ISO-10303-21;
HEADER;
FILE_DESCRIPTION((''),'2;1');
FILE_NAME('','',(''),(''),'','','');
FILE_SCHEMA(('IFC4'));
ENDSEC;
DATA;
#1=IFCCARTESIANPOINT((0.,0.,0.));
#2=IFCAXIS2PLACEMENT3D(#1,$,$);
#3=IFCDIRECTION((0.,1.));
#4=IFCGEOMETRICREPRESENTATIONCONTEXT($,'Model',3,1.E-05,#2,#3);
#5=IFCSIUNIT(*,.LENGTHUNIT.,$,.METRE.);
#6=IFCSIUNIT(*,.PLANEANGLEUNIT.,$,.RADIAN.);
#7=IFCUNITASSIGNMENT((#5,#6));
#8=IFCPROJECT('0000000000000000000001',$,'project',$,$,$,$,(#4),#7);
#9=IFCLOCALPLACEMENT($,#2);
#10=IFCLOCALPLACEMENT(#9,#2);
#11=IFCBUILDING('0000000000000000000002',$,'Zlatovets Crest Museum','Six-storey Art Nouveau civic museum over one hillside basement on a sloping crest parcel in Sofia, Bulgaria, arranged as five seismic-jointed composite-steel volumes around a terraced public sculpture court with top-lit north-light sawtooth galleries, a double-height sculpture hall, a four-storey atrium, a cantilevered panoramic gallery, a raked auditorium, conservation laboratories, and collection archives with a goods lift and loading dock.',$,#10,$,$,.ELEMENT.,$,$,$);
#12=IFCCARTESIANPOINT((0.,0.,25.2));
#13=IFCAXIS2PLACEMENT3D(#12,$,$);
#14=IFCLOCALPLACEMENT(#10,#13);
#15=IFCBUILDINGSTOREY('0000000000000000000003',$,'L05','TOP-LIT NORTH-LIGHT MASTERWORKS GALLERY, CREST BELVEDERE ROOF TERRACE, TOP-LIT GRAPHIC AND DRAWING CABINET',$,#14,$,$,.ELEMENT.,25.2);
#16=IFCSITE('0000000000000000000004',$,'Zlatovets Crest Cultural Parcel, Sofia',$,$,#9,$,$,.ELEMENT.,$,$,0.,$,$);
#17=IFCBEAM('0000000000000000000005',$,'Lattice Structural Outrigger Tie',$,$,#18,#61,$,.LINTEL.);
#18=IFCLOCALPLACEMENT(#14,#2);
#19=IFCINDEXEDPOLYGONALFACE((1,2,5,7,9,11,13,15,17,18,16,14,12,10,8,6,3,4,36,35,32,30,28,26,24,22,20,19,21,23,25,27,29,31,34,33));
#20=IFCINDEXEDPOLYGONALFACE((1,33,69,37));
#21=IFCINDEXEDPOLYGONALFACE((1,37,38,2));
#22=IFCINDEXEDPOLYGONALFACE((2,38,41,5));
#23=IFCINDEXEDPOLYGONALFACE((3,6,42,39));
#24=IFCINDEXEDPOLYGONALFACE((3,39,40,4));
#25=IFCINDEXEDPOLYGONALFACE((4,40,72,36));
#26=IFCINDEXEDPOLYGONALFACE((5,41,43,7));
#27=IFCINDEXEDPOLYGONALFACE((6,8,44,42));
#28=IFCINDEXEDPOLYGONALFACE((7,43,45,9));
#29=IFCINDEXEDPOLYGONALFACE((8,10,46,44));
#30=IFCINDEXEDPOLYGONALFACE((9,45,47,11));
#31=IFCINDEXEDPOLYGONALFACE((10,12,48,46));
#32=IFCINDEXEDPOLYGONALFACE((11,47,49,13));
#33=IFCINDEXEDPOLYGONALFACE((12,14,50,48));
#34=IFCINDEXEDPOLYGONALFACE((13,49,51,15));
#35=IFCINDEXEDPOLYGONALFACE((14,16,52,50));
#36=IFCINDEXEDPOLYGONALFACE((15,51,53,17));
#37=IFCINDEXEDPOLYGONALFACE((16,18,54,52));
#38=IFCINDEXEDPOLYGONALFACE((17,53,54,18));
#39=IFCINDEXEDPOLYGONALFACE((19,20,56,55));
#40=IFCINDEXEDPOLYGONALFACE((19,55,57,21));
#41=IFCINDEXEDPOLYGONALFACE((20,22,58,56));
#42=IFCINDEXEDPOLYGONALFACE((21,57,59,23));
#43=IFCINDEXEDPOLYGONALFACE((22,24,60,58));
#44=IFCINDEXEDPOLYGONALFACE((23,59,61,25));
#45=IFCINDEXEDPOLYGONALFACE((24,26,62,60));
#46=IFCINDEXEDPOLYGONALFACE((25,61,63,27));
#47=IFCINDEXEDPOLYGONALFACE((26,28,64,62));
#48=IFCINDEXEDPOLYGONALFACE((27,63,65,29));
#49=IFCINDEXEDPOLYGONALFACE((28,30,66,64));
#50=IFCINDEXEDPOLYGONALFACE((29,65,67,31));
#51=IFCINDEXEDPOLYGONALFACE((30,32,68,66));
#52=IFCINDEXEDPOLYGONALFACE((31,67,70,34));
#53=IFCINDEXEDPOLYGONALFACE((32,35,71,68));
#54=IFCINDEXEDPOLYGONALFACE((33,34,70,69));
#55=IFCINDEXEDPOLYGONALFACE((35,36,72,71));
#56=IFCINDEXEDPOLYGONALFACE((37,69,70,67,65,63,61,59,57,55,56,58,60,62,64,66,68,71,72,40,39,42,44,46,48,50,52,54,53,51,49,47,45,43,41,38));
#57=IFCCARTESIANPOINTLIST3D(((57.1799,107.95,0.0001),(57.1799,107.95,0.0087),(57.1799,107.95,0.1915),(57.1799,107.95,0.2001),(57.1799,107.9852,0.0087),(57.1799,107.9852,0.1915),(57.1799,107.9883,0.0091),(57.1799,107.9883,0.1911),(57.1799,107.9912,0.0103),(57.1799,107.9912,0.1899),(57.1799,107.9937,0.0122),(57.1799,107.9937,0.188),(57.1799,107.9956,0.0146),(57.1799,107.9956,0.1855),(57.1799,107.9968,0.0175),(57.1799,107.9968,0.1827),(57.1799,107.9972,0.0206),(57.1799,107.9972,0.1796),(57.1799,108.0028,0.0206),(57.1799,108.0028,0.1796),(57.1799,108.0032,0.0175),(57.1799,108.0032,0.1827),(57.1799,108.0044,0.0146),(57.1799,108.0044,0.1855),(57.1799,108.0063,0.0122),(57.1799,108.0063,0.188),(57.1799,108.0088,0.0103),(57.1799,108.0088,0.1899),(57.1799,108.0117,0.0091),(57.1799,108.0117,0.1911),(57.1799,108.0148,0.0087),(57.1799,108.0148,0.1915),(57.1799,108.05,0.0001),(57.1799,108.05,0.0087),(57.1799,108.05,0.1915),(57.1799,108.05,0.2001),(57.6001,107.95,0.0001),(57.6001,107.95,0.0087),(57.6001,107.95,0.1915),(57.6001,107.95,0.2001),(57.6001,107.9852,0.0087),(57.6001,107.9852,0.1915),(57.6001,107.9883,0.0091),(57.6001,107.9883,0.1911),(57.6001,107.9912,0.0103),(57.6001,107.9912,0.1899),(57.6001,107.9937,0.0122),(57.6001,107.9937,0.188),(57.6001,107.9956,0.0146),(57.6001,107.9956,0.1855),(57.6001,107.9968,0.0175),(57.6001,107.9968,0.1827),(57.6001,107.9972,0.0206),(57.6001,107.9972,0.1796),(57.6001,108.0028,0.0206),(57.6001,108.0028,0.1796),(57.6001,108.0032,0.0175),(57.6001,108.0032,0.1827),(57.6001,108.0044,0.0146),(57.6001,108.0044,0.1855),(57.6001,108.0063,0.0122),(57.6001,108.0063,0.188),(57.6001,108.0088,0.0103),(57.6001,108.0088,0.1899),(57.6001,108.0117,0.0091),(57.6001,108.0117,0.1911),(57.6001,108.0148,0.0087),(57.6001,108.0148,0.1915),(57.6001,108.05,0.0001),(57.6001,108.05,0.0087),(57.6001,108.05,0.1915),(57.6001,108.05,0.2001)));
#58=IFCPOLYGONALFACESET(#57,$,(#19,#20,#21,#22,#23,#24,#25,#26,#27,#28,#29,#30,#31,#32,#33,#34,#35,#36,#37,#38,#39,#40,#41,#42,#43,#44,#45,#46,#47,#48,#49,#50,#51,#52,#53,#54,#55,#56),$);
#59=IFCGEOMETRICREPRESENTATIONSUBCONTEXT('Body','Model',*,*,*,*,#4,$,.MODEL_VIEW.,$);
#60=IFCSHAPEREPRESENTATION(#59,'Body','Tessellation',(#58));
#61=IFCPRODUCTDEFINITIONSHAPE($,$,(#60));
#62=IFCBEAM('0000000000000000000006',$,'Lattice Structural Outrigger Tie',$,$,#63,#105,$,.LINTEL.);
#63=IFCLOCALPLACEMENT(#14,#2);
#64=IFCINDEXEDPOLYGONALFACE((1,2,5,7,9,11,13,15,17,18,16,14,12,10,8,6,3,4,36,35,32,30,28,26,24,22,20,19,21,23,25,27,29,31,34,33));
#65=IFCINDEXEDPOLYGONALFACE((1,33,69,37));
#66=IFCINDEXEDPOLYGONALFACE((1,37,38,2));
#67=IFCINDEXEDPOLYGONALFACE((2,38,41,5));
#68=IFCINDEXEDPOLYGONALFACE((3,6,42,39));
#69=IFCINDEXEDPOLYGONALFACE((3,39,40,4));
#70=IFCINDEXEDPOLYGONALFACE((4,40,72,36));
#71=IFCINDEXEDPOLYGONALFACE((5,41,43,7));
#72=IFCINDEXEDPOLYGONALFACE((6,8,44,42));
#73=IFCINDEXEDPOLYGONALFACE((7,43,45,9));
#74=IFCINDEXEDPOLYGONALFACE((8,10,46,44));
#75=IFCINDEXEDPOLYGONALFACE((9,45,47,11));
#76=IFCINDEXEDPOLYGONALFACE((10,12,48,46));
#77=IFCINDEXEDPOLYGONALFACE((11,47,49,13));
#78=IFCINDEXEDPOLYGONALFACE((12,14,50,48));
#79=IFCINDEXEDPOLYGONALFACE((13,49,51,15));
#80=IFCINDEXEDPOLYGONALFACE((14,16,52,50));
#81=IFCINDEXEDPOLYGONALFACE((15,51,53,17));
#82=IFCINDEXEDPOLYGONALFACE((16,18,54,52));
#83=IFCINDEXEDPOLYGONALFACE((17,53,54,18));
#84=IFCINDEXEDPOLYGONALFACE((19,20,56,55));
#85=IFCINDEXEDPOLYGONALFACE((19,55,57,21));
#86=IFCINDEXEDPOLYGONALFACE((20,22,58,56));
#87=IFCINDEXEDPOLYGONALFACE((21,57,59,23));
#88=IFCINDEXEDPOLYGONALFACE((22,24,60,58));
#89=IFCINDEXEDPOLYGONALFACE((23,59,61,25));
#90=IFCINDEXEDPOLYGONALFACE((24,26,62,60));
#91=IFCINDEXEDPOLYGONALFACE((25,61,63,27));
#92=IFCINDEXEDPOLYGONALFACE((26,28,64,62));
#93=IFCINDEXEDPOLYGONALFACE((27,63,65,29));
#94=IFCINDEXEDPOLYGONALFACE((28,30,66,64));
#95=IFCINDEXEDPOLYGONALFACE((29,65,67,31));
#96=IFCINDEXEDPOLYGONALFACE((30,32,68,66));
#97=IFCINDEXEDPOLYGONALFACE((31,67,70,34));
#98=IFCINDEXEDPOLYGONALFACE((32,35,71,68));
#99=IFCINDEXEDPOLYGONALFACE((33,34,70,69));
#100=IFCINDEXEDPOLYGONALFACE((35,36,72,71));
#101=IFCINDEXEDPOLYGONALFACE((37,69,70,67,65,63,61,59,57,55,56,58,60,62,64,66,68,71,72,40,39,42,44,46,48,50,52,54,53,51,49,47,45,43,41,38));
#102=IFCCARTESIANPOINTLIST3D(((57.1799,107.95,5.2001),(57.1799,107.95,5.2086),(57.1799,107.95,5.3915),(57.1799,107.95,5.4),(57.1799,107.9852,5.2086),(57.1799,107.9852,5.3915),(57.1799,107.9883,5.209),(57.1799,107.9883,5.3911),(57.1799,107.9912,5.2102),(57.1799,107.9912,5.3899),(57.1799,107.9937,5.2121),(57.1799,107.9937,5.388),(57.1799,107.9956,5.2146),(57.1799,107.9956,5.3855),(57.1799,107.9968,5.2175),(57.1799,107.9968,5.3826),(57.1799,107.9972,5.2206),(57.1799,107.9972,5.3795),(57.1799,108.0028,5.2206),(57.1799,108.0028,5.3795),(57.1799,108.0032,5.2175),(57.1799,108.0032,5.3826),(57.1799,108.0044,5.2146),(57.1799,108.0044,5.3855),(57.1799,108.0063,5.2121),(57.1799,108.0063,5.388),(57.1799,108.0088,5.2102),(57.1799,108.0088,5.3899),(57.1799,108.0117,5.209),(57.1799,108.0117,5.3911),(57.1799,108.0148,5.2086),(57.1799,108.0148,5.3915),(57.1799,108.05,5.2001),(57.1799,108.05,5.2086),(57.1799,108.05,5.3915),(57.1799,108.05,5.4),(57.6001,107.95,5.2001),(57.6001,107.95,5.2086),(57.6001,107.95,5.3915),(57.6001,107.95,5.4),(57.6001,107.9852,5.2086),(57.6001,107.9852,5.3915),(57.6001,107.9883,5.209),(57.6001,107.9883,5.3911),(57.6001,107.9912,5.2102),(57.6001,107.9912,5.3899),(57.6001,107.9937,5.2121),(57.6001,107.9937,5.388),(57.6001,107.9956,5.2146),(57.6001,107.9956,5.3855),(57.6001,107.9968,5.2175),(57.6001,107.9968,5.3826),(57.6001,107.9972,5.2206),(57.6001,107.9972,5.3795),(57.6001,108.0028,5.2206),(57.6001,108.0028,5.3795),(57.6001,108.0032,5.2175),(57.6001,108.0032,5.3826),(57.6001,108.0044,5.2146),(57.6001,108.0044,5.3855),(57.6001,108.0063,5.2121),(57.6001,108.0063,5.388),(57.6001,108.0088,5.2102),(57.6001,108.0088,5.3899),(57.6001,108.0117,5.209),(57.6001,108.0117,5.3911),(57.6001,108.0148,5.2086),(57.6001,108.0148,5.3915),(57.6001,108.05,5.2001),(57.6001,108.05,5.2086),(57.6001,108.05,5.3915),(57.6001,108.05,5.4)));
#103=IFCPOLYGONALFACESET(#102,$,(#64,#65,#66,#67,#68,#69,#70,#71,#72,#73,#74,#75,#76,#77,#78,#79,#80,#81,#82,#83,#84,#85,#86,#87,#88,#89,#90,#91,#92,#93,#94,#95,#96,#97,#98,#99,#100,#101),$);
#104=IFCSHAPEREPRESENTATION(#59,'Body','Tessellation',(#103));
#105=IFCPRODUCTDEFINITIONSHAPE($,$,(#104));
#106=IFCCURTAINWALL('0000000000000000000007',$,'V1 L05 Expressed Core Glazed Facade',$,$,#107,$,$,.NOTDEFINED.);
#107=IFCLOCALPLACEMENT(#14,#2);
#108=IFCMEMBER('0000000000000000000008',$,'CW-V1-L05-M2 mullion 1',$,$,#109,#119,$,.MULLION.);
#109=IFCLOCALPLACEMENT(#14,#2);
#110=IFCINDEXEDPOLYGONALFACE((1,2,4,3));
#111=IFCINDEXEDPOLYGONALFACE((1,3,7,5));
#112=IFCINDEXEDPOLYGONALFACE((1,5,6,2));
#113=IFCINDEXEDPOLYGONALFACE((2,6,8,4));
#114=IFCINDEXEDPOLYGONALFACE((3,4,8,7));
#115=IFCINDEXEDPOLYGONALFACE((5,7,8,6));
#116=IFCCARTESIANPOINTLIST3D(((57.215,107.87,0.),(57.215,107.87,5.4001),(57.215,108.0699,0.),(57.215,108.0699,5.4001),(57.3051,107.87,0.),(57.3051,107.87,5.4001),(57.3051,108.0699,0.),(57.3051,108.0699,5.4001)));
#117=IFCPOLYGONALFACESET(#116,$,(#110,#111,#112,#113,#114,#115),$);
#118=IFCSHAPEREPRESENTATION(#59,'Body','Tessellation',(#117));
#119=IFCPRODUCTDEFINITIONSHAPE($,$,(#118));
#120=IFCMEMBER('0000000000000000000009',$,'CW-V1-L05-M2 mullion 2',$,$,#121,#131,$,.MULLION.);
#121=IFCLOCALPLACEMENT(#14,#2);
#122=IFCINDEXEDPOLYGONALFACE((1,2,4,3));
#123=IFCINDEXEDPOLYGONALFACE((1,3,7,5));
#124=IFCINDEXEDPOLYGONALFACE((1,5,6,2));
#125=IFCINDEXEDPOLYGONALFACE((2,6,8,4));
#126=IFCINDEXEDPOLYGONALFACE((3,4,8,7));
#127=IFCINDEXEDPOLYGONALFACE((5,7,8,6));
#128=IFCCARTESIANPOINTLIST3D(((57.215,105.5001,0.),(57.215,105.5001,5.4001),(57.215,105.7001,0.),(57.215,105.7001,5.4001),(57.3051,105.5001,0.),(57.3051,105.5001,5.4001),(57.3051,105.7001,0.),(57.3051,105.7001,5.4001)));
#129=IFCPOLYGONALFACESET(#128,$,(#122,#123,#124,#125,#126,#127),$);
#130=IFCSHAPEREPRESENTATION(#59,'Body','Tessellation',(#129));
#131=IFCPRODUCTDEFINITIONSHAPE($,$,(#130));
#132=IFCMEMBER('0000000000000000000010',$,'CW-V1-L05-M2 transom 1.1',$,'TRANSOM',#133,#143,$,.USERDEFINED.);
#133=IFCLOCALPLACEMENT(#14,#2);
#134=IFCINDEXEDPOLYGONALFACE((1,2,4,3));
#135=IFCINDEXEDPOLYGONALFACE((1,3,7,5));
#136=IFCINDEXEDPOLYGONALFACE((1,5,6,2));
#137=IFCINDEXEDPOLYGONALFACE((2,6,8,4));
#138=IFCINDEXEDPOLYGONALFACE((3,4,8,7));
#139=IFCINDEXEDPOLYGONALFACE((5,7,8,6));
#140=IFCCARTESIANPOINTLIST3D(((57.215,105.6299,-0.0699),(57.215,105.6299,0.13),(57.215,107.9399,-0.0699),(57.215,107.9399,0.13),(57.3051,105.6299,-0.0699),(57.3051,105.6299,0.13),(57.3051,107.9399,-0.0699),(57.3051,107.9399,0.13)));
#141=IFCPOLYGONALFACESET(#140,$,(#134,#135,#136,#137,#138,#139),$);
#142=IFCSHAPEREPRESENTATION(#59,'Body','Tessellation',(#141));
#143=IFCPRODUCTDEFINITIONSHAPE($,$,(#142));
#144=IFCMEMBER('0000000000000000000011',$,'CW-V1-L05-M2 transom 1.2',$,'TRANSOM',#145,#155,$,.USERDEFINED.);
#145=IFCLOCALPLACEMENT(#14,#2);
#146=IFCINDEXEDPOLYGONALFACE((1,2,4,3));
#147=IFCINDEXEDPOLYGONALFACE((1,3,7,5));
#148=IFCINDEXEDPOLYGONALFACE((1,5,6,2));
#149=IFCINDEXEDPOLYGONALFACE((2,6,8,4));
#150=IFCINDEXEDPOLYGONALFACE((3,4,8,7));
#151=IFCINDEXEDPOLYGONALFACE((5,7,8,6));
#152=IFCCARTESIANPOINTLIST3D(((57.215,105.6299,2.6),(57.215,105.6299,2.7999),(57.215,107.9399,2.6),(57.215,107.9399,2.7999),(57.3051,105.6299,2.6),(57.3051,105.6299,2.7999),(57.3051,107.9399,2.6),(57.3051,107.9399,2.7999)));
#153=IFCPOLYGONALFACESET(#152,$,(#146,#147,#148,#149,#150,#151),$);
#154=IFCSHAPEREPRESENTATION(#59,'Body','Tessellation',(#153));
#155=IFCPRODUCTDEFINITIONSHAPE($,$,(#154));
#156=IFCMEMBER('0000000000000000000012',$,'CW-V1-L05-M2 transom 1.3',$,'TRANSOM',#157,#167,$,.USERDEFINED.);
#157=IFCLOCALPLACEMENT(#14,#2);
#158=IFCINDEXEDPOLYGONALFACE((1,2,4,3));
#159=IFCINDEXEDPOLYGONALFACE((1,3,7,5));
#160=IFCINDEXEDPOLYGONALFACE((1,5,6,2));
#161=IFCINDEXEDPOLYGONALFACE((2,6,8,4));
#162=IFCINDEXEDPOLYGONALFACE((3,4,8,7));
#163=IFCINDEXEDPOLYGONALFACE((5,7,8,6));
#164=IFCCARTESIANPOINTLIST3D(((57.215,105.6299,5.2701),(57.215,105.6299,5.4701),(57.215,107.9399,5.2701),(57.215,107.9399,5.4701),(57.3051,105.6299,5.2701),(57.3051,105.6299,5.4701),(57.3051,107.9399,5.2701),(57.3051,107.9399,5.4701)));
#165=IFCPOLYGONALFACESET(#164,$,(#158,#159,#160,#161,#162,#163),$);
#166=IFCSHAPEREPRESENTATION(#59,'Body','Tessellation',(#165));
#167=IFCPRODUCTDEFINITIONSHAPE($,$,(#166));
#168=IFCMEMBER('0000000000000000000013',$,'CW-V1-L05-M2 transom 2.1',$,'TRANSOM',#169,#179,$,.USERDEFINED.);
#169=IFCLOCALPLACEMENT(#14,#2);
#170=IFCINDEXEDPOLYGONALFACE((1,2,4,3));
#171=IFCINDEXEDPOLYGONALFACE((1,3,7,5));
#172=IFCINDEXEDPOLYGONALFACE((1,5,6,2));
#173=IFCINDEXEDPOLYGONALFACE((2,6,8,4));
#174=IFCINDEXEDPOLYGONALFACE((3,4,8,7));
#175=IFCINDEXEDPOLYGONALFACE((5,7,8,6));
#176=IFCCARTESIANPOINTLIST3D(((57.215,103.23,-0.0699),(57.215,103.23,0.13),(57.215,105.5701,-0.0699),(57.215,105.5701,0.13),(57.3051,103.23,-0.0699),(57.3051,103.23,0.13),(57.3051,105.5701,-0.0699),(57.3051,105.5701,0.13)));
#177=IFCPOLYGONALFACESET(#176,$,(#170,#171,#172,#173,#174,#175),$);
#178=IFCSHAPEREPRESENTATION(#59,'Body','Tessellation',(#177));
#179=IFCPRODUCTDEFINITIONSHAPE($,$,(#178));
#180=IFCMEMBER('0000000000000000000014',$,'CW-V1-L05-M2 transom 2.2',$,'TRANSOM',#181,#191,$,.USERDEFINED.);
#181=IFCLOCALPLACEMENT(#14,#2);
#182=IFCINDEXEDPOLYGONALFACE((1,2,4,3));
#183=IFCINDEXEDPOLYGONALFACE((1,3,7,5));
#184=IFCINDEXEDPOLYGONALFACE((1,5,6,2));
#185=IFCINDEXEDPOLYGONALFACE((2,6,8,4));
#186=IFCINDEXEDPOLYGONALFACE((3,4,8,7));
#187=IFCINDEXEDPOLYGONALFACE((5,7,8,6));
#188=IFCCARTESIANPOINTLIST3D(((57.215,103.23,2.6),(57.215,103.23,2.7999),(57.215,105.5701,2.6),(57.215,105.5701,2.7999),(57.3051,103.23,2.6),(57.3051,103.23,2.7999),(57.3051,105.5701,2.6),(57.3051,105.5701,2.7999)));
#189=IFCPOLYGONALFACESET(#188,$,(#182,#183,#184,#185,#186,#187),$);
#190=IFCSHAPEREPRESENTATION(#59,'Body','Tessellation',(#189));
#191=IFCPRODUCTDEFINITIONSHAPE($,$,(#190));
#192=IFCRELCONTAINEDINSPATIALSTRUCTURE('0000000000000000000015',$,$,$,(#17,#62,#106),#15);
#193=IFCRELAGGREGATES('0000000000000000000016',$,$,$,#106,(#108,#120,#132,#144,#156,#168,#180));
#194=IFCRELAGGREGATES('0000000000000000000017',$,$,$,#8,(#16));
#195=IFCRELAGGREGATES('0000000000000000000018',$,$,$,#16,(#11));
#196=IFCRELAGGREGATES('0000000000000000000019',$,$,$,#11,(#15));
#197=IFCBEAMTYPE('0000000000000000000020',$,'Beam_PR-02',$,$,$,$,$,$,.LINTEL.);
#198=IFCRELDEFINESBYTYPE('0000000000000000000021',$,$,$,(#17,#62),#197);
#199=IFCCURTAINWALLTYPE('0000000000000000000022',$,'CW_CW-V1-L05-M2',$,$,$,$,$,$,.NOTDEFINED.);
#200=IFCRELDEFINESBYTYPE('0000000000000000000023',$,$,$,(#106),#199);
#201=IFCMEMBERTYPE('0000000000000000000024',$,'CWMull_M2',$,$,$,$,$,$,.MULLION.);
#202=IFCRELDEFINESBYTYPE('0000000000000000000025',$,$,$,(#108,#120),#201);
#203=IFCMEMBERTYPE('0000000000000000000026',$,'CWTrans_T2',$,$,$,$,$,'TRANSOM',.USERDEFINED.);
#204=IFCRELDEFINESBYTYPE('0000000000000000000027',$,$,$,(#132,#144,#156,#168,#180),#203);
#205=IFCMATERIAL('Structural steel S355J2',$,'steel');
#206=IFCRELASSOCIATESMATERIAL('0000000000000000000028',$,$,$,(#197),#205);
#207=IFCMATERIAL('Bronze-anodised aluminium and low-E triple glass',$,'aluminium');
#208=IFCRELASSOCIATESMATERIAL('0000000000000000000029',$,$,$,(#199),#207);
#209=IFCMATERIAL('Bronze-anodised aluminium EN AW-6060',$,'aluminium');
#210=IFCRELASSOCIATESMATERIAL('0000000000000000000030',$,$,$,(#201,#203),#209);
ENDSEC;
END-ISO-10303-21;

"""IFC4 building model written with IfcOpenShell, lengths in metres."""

from ifc_helpers import new_model, si_unit, direction, frame, origin, origin_2d, place, context, subcontext, project, spatial, rectangle, i_section, extrude, material, material_profile, profile_set, type_object, element, aggregate, save


model = new_model("IFC4")

# Units and contexts
model_context = context("Model", 3, precision=1e-05, world=origin(), true_north=direction((0.0, 1.0)))
body_context = subcontext(model_context, "Body", "Model", "MODEL_VIEW")
ifc_project = project(units=[si_unit("LENGTHUNIT", "METRE"), si_unit("PLANEANGLEUNIT", "RADIAN")], contexts=[model_context])

# Site, building, storey
site_placement = place(None, origin())
site = spatial("IfcSite", under=ifc_project, at=site_placement, Name="Zlatovets Crest Cultural Parcel, Sofia", CompositionType="ELEMENT", RefElevation=0.0)
building_placement = place(site_placement, origin())
building = spatial("IfcBuilding", under=site, at=building_placement, Name="Zlatovets Crest Museum", Description="Six-storey Art Nouveau civic museum over one hillside basement on a sloping crest parcel in Sofia, Bulgaria, arranged as five seismic-jointed composite-steel volumes around a terraced public sculpture court with top-lit north-light sawtooth galleries, a double-height sculpture hall, a four-storey atrium, a cantilevered panoramic gallery, a raked auditorium, conservation laboratories, and collection archives with a goods lift and loading dock.", CompositionType="ELEMENT")
storey_placement = place(building_placement, frame((0.0, 0.0, 25.2)))
storey = spatial("IfcBuildingStorey", under=building, at=storey_placement, Name="L05", Description="TOP-LIT NORTH-LIGHT MASTERWORKS GALLERY, CREST BELVEDERE ROOF TERRACE, TOP-LIT GRAPHIC AND DRAWING CABINET", CompositionType="ELEMENT", Elevation=25.2)

# Shared definitions
ifc_material_1 = material(Name="Structural steel S355J2", Category="steel")

# Beams
ifc_material_profile_1 = material_profile(ifc_material_1, i_section(OverallWidth=0.1001, OverallDepth=0.2, WebThickness=0.0056, FlangeThickness=0.0085, FilletRadius=0.012, at=origin_2d()), Name="IPE 200")
ifc_profile_set_1 = profile_set([ifc_material_profile_1], Name="Structural steel S355J2")
beam_type_1 = type_object("IfcBeamType", Name="Beam_PR-02", PredefinedType="LINTEL", material=ifc_profile_set_1)
for number, where, z_axis, x_axis, name in (
    (1, (57.6001, 108.0, 0.1001), (-1.0, 0.0, 0.0), (0.0, -1.0, 0.0), "Lattice Structural Outrigger Tie"),
    (2, (57.6001, 108.0, 5.3), (-1.0, 0.0, 0.0), (0.0, -1.0, 0.0), "Lattice Structural Outrigger Tie"),
):
    element("IfcBeam", number, at=place(storey_placement, frame(where, z_axis=z_axis, x_axis=x_axis)), inside=storey, type_object=beam_type_1, Name=name, PredefinedType="LINTEL", context=body_context, shape_type="SweptSolid", body=[
        extrude(i_section(OverallWidth=0.1001, OverallDepth=0.2, WebThickness=0.0056, FlangeThickness=0.0085, FilletRadius=0.012, at=origin_2d()), origin(), (0.0, 0.0, 1.0), 0.4202),
    ])

# Curtain wall, members
ifc_material_2 = material(Name="Bronze-anodised aluminium and low-E triple glass", Category="aluminium")
curtain_wall_type = type_object("IfcCurtainWallType", Name="CW_CW-V1-L05-M2", PredefinedType="NOTDEFINED", material=ifc_material_2)
curtain_wall_placement = place(storey_placement, origin())
curtain_wall = element("IfcCurtainWall", 3, at=curtain_wall_placement, inside=storey, type_object=curtain_wall_type, Name="V1 L05 Expressed Core Glazed Facade", PredefinedType="NOTDEFINED")
ifc_material_3 = material(Name="Bronze-anodised aluminium EN AW-6060", Category="aluminium")
ifc_material_profile_2 = material_profile(ifc_material_3, rectangle(XDim=0.0901, YDim=0.2, at=origin_2d()), Name="ALU 90x200")
ifc_profile_set_2 = profile_set([ifc_material_profile_2], Name="Bronze-anodised aluminium EN AW-6060")
member_type_1 = type_object("IfcMemberType", Name="CWMull_M2", PredefinedType="MULLION", material=ifc_profile_set_2)
member_1_placement = place(storey_placement, frame((57.26, 107.97, 0.0), z_axis=(0.0, 0.0, 1.0), x_axis=(1.0, 0.0, 0.0)))
member_1 = element("IfcMember", 4, at=member_1_placement, type_object=member_type_1, Name="CW-V1-L05-M2 mullion 1", PredefinedType="MULLION", context=body_context, shape_type="SweptSolid", body=[
    extrude(rectangle(XDim=0.0901, YDim=0.2, at=origin_2d()), origin(), (0.0, 0.0, 1.0), 5.4001),
])
member_2_placement = place(storey_placement, frame((57.26, 105.6001, 0.0), z_axis=(0.0, 0.0, 1.0), x_axis=(1.0, 0.0, 0.0)))
member_2 = element("IfcMember", 5, at=member_2_placement, type_object=member_type_1, Name="CW-V1-L05-M2 mullion 2", PredefinedType="MULLION", context=body_context, shape_type="SweptSolid", body=[
    extrude(rectangle(XDim=0.0901, YDim=0.2, at=origin_2d()), origin(), (0.0, 0.0, 1.0), 5.4001),
])
ifc_material_profile_3 = material_profile(ifc_material_3, rectangle(XDim=0.0901, YDim=0.2, at=origin_2d()), Name="ALU 90x200")
ifc_profile_set_3 = profile_set([ifc_material_profile_3], Name="Bronze-anodised aluminium EN AW-6060")
member_type_2 = type_object("IfcMemberType", Name="CWTrans_T2", ElementType="TRANSOM", PredefinedType="USERDEFINED", material=ifc_profile_set_3)
member_3_placement = place(storey_placement, frame((57.26, 107.9399, 0.03), z_axis=(0.0, -1.0, 0.0), x_axis=(1.0, 0.0, 0.0)))
member_3 = element("IfcMember", 6, at=member_3_placement, type_object=member_type_2, Name="CW-V1-L05-M2 transom 1.1", ObjectType="TRANSOM", PredefinedType="USERDEFINED", context=body_context, shape_type="SweptSolid", body=[
    extrude(rectangle(XDim=0.0901, YDim=0.2, at=origin_2d()), origin(), (0.0, 0.0, 1.0), 2.3101),
])
member_4_placement = place(storey_placement, frame((57.26, 107.9399, 2.7), z_axis=(0.0, -1.0, 0.0), x_axis=(1.0, 0.0, 0.0)))
member_4 = element("IfcMember", 7, at=member_4_placement, type_object=member_type_2, Name="CW-V1-L05-M2 transom 1.2", ObjectType="TRANSOM", PredefinedType="USERDEFINED", context=body_context, shape_type="SweptSolid", body=[
    extrude(rectangle(XDim=0.0901, YDim=0.2, at=origin_2d()), origin(), (0.0, 0.0, 1.0), 2.3101),
])
member_5_placement = place(storey_placement, frame((57.26, 107.9399, 5.3701), z_axis=(0.0, -1.0, 0.0), x_axis=(1.0, 0.0, 0.0)))
member_5 = element("IfcMember", 8, at=member_5_placement, type_object=member_type_2, Name="CW-V1-L05-M2 transom 1.3", ObjectType="TRANSOM", PredefinedType="USERDEFINED", context=body_context, shape_type="SweptSolid", body=[
    extrude(rectangle(XDim=0.0901, YDim=0.2, at=origin_2d()), origin(), (0.0, 0.0, 1.0), 2.3101),
])
member_6_placement = place(storey_placement, frame((57.26, 105.5701, 0.03), z_axis=(0.0, -1.0, 0.0), x_axis=(1.0, 0.0, 0.0)))
member_6 = element("IfcMember", 9, at=member_6_placement, type_object=member_type_2, Name="CW-V1-L05-M2 transom 2.1", ObjectType="TRANSOM", PredefinedType="USERDEFINED", context=body_context, shape_type="SweptSolid", body=[
    extrude(rectangle(XDim=0.0901, YDim=0.2, at=origin_2d()), origin(), (0.0, 0.0, 1.0), 2.3401),
])
member_7_placement = place(storey_placement, frame((57.26, 105.5701, 2.7), z_axis=(0.0, -1.0, 0.0), x_axis=(1.0, 0.0, 0.0)))
member_7 = element("IfcMember", 10, at=member_7_placement, type_object=member_type_2, Name="CW-V1-L05-M2 transom 2.2", ObjectType="TRANSOM", PredefinedType="USERDEFINED", context=body_context, shape_type="SweptSolid", body=[
    extrude(rectangle(XDim=0.0901, YDim=0.2, at=origin_2d()), origin(), (0.0, 0.0, 1.0), 2.3401),
])

aggregate(curtain_wall, [member_1, member_2, member_3, member_4, member_5, member_6, member_7])

save(model, "model.ifc")
